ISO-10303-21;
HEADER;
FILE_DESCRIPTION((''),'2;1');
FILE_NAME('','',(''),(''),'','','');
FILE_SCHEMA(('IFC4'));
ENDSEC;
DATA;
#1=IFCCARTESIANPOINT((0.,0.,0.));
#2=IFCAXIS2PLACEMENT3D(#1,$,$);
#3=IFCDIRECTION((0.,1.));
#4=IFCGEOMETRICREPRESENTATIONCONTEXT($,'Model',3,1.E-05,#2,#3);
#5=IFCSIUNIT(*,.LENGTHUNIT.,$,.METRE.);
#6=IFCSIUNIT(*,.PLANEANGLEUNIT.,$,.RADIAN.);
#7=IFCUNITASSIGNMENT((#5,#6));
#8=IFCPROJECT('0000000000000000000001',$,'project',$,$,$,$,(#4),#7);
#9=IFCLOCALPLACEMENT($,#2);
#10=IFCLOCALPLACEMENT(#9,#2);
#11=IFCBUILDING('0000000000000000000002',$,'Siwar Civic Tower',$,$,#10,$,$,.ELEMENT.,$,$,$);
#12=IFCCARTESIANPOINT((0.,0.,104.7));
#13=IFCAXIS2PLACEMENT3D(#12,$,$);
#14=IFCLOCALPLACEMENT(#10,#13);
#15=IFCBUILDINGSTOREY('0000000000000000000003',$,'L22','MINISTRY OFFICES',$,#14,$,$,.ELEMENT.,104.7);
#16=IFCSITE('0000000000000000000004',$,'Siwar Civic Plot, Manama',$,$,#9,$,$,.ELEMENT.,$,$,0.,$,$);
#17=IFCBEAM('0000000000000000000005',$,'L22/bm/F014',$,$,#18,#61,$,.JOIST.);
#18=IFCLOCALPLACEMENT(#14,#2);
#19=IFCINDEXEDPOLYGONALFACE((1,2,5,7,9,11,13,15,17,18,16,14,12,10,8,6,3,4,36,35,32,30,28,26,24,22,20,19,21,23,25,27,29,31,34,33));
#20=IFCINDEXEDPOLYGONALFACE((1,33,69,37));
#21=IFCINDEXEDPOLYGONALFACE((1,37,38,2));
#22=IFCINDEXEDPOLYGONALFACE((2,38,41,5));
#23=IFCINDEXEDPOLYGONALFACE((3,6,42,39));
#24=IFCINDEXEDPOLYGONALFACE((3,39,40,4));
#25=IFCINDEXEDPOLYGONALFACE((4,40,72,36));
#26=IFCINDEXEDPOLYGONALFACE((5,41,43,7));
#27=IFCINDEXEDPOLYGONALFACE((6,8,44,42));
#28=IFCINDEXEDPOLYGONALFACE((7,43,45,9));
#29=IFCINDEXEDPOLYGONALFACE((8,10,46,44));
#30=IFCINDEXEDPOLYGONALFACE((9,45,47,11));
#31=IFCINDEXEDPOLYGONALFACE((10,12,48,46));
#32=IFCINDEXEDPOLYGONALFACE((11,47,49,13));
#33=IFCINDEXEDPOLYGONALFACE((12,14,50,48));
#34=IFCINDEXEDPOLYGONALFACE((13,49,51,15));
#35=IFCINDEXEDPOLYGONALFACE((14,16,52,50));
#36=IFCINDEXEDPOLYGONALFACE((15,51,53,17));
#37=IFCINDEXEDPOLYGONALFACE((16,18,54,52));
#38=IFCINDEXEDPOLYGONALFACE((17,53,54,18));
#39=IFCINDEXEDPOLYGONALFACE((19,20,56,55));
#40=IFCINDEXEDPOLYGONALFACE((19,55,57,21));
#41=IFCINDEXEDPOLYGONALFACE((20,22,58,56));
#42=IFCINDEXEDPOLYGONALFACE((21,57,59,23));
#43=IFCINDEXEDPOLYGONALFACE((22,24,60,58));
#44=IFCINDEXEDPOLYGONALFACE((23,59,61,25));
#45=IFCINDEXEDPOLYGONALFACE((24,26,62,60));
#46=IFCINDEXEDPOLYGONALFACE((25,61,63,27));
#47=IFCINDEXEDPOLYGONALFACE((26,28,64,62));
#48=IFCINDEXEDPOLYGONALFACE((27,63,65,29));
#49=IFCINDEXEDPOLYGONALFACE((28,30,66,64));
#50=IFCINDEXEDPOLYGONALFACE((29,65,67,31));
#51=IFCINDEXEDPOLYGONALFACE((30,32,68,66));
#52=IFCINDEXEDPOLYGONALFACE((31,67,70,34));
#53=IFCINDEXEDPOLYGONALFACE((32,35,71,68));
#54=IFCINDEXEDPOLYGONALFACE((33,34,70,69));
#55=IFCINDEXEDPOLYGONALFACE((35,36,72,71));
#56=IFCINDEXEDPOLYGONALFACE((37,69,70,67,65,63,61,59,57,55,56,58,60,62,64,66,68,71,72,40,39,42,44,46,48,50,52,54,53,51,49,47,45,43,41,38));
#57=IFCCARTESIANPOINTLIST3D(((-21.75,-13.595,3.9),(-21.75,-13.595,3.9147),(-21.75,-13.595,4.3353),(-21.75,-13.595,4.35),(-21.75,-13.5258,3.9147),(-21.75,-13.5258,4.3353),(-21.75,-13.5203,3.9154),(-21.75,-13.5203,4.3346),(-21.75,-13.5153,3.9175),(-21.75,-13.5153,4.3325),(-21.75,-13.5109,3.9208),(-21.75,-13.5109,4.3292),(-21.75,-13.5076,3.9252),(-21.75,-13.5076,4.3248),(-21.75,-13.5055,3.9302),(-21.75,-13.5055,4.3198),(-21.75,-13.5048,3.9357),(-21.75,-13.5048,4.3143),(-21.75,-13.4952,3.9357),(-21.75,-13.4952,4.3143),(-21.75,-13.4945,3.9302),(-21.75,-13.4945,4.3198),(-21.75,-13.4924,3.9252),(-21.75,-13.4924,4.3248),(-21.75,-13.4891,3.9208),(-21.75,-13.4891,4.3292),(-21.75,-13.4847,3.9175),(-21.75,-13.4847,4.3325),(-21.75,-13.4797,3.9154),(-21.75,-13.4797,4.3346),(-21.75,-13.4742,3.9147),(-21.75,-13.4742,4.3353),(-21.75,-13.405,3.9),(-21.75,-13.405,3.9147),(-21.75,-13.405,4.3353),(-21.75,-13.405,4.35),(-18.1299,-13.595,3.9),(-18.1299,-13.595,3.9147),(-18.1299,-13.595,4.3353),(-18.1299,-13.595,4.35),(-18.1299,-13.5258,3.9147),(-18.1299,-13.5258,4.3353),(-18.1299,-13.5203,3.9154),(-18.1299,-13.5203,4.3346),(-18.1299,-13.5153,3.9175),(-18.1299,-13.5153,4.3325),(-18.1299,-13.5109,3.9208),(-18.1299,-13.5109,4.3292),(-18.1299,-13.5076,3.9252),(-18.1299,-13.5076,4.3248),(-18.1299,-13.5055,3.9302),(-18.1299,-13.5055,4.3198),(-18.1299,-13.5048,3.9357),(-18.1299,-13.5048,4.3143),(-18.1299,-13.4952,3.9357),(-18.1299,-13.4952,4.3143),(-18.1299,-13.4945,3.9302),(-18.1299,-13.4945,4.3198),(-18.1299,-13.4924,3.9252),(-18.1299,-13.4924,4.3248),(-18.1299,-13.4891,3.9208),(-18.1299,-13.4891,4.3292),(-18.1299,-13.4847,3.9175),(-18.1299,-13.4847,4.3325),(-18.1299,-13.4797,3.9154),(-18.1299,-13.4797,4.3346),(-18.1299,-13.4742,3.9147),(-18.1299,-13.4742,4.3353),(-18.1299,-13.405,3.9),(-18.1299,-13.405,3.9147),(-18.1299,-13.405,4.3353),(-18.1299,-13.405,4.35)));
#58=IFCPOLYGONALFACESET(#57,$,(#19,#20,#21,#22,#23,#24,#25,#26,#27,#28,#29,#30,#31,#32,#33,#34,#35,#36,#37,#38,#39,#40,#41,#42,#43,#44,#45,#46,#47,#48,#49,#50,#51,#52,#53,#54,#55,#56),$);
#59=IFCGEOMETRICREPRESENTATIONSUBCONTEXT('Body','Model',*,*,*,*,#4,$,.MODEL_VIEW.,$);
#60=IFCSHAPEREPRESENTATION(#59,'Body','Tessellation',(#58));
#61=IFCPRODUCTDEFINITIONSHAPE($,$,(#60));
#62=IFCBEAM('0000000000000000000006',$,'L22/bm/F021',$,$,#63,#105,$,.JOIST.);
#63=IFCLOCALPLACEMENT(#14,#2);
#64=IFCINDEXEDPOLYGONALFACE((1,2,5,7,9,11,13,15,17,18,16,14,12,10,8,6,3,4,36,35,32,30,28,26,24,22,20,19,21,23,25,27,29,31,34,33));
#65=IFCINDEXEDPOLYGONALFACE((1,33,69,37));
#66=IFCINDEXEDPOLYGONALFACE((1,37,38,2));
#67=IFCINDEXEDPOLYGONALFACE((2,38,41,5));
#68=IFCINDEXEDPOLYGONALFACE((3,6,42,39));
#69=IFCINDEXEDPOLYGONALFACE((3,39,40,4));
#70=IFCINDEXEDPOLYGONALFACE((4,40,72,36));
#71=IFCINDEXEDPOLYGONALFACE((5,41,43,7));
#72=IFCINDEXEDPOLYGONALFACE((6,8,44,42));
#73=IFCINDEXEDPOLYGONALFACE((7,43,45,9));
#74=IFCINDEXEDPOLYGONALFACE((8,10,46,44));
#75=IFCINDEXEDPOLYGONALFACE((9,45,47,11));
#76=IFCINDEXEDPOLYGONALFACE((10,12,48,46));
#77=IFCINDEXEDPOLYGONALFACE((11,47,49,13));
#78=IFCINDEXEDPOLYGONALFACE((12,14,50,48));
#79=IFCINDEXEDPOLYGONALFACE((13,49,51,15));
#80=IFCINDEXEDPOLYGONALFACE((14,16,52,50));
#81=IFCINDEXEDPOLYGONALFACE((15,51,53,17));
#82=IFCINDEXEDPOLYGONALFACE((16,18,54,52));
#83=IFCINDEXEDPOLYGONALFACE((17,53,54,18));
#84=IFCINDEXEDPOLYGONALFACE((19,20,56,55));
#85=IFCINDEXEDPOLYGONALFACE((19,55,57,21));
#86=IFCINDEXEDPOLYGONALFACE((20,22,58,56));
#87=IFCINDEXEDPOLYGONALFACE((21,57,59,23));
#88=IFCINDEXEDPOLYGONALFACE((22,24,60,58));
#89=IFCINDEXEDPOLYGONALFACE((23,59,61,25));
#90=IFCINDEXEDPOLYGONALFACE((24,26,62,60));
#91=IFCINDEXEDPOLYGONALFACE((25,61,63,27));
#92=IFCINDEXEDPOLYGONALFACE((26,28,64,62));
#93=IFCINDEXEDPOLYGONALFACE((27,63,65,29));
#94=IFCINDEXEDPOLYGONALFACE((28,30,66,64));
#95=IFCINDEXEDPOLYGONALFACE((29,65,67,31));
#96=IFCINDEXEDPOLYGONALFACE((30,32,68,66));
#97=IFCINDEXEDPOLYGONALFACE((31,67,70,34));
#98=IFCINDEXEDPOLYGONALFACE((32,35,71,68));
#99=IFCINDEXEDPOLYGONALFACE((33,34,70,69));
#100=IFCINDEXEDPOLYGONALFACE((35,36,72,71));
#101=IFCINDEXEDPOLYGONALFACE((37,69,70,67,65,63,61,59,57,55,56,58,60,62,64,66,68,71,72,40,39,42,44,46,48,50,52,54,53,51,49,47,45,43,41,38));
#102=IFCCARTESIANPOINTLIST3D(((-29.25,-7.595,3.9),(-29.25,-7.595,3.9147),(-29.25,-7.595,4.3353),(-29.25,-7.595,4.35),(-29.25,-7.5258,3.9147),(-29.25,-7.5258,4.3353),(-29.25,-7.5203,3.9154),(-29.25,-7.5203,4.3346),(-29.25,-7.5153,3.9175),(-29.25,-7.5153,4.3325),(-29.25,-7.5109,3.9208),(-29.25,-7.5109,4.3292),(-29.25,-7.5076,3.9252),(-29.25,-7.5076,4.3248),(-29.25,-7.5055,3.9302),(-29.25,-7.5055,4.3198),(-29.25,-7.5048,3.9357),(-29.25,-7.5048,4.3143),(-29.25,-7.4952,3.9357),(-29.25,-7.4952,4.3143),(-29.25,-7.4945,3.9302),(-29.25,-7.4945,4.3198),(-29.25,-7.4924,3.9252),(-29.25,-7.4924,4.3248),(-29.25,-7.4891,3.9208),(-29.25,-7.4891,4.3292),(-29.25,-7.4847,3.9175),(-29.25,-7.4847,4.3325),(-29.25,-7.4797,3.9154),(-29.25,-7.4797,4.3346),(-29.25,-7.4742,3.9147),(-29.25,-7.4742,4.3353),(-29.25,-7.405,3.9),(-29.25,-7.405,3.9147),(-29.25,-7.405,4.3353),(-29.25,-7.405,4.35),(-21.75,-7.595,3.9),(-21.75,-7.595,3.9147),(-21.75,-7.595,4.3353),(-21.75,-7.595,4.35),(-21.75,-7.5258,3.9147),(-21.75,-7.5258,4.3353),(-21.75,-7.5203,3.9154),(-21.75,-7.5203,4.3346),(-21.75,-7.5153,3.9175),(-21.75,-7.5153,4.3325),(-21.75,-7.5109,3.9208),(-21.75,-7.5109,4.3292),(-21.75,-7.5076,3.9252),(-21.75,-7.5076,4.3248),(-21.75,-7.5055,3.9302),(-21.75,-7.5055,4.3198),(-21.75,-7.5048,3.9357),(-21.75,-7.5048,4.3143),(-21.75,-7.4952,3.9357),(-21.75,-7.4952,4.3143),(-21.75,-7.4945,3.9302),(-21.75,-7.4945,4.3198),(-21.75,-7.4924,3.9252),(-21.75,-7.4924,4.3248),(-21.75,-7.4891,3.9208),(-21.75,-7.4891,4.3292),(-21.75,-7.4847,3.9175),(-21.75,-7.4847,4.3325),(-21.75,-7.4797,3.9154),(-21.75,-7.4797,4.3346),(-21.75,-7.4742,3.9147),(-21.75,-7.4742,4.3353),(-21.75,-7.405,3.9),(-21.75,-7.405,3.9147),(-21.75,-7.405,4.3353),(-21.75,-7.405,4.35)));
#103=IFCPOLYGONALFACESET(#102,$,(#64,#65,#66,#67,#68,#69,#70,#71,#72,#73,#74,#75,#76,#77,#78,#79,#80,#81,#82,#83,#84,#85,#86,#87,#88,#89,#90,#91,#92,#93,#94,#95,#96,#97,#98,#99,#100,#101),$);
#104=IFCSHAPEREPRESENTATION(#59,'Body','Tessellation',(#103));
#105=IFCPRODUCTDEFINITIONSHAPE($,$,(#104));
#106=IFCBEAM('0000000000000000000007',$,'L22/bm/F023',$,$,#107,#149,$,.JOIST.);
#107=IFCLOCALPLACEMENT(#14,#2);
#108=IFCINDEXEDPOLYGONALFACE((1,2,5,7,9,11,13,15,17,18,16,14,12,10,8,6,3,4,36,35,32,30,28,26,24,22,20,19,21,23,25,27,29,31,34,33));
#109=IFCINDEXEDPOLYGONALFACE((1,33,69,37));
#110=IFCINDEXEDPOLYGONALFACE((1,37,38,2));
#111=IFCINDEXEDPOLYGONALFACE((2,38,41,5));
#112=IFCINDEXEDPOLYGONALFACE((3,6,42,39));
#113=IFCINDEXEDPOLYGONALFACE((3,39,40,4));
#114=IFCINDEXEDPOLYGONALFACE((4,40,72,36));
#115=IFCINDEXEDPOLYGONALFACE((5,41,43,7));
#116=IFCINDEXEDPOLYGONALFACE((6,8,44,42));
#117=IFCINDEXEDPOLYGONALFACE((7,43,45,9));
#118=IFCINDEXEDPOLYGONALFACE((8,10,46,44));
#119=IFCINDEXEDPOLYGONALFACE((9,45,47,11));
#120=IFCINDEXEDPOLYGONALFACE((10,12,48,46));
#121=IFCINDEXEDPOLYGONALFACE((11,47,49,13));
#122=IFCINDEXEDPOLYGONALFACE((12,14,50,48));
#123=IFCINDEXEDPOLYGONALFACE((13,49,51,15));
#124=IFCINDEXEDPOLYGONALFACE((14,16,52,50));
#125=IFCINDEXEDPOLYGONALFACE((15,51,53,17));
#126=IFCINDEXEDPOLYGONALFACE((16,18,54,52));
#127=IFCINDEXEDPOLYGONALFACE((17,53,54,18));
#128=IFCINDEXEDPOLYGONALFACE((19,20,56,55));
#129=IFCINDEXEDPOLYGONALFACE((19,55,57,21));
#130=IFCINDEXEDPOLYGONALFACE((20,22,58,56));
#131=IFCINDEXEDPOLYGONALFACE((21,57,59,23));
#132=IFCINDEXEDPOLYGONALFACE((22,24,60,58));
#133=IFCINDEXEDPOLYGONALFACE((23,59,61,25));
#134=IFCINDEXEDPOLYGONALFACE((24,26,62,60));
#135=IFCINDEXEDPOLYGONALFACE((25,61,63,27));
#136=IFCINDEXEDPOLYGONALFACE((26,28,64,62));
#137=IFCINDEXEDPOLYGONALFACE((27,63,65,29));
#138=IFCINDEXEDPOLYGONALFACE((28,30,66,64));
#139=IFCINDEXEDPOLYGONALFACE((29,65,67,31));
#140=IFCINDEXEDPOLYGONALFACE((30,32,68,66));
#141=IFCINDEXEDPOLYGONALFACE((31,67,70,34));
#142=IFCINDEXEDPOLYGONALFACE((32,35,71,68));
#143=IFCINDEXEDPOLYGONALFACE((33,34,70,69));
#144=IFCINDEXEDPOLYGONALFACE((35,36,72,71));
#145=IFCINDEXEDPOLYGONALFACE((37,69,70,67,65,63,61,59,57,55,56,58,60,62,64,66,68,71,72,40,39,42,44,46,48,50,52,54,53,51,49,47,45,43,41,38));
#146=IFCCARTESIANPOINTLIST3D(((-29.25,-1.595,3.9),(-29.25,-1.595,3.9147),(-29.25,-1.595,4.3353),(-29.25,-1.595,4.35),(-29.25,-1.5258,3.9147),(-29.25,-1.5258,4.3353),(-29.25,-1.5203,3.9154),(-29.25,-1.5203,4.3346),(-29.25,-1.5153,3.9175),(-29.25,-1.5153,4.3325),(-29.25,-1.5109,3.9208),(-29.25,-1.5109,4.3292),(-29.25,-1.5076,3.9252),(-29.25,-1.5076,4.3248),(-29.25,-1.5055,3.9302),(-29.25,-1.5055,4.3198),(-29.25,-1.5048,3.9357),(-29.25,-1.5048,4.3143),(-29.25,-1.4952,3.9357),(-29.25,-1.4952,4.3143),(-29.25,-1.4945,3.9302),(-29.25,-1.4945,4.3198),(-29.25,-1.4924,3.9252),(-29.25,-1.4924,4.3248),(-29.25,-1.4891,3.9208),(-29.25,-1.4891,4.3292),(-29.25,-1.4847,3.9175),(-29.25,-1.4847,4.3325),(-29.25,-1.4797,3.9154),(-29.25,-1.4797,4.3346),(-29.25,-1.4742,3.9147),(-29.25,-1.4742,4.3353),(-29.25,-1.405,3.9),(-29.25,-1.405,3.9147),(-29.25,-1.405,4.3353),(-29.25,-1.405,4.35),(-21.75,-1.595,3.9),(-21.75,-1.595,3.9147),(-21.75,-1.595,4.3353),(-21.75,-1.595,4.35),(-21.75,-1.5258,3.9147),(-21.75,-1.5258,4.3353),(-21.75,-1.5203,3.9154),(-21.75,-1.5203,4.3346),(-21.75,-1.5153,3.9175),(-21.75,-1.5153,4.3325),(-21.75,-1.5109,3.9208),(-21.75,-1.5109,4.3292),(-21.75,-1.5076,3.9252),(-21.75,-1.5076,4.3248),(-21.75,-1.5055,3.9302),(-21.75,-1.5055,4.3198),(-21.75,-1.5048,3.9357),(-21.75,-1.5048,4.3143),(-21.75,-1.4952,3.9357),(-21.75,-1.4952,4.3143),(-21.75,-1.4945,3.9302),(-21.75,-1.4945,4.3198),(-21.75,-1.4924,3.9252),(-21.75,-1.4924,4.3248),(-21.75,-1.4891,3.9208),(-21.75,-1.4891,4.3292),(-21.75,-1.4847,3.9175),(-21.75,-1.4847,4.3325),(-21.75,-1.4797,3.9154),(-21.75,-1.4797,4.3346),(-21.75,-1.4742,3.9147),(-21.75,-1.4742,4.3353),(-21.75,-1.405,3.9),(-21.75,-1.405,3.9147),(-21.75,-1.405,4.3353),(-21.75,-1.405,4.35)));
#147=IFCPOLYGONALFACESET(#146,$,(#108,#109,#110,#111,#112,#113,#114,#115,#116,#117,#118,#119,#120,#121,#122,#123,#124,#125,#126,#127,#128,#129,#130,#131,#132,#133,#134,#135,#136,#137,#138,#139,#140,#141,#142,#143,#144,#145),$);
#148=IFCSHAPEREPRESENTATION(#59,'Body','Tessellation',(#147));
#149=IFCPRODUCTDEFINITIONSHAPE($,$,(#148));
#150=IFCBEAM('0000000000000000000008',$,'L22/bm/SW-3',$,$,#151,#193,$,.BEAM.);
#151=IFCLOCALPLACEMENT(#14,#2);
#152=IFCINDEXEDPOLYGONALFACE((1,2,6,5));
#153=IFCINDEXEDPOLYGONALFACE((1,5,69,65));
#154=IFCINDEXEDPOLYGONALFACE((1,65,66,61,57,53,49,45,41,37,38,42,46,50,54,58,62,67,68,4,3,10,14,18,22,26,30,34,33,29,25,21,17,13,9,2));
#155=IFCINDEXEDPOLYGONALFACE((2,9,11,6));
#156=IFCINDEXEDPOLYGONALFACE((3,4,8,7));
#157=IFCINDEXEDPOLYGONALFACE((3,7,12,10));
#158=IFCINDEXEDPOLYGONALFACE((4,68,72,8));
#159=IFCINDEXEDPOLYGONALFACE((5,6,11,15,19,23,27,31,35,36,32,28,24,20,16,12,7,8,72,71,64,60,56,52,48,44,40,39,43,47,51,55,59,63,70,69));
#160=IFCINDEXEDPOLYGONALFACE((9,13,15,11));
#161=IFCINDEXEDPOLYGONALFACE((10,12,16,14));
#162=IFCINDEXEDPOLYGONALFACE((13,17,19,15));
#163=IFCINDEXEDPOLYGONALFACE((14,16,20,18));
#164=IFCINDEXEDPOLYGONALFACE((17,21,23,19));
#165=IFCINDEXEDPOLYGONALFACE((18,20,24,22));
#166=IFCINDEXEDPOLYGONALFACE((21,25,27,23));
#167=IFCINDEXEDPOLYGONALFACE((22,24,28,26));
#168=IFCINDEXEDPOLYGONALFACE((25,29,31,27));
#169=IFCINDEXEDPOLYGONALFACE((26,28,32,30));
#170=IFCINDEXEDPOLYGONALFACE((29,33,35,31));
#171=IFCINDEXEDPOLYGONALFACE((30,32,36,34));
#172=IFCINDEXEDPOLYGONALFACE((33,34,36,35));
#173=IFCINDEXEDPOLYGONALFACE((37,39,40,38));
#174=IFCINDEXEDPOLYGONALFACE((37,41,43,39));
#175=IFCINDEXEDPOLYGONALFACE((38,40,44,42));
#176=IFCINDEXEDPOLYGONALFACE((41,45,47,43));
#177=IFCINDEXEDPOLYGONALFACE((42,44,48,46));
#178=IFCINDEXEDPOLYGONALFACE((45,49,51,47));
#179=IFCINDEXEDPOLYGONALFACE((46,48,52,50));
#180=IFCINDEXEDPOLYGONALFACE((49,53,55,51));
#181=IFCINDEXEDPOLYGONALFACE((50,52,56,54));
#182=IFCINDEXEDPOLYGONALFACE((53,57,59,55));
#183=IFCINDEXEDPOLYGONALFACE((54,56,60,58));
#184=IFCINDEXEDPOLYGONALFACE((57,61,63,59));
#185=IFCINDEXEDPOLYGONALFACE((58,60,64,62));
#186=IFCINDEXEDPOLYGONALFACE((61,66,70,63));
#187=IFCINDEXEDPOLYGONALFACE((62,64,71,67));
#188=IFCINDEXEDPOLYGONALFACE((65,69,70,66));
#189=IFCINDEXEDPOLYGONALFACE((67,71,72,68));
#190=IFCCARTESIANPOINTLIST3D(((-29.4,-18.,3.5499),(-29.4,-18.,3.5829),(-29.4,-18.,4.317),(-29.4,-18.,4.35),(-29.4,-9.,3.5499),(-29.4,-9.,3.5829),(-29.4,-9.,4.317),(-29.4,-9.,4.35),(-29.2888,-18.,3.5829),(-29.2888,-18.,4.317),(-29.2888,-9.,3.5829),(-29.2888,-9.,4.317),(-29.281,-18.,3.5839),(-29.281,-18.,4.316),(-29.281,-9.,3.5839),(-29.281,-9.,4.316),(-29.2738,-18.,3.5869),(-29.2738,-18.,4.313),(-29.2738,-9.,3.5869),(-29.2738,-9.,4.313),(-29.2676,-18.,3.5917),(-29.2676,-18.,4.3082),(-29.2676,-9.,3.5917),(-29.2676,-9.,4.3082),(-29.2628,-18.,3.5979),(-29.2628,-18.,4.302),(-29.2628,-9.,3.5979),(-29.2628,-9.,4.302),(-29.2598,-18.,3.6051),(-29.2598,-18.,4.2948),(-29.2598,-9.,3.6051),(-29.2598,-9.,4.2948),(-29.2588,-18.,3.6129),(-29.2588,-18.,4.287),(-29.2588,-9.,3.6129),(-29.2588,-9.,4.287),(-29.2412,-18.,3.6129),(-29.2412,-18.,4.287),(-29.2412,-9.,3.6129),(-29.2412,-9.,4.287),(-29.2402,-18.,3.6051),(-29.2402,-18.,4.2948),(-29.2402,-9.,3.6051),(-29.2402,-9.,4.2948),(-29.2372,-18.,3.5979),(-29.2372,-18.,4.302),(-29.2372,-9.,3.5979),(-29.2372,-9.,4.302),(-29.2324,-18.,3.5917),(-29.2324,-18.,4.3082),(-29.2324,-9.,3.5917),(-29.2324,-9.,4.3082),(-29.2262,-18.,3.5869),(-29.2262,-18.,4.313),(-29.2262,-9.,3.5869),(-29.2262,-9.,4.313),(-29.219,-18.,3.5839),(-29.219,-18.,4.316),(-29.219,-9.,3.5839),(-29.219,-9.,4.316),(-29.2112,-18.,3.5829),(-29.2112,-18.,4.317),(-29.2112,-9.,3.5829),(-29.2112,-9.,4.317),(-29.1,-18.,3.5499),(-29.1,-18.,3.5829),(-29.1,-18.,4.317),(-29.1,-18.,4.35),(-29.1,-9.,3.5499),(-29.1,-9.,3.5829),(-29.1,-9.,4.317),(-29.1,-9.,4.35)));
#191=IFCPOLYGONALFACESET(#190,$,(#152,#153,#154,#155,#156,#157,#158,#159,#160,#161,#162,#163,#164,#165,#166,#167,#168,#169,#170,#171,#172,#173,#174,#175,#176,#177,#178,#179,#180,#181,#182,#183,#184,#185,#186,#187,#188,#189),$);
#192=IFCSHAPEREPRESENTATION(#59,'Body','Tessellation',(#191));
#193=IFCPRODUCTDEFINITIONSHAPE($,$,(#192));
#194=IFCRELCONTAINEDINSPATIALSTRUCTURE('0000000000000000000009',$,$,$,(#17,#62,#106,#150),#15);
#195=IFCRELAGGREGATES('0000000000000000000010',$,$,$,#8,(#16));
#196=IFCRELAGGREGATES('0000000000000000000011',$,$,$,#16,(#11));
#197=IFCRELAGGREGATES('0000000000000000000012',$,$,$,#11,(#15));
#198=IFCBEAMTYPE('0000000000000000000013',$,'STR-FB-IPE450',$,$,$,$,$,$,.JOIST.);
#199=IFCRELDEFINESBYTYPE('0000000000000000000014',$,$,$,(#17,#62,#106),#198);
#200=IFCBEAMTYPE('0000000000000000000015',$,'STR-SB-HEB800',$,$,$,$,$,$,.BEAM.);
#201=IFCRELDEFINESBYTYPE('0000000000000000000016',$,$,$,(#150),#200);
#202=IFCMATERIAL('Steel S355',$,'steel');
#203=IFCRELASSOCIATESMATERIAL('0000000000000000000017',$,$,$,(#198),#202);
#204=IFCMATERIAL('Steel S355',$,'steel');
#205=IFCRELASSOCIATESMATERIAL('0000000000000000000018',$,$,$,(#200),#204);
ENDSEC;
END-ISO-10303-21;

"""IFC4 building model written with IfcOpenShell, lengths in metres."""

from ifc_helpers import new_model, si_unit, direction, frame, origin, origin_2d, place, context, subcontext, project, spatial, i_section, extrude, material, material_profile, profile_set, type_object, element, save


model = new_model("IFC4")

# Units and contexts
model_context = context("Model", 3, precision=1e-05, world=origin(), true_north=direction((0.0, 1.0)))
body_context = subcontext(model_context, "Body", "Model", "MODEL_VIEW")
ifc_project = project(units=[si_unit("LENGTHUNIT", "METRE"), si_unit("PLANEANGLEUNIT", "RADIAN")], contexts=[model_context])

# Site, building, storey
site_placement = place(None, origin())
site = spatial("IfcSite", under=ifc_project, at=site_placement, Name="Siwar Civic Plot, Manama", CompositionType="ELEMENT", RefElevation=0.0)
building_placement = place(site_placement, origin())
building = spatial("IfcBuilding", under=site, at=building_placement, Name="Siwar Civic Tower", CompositionType="ELEMENT")
storey_placement = place(building_placement, frame((0.0, 0.0, 104.7)))
storey = spatial("IfcBuildingStorey", under=building, at=storey_placement, Name="L22", Description="MINISTRY OFFICES", CompositionType="ELEMENT", Elevation=104.7)

# Beams
ifc_material_1 = material(Name="Steel S355", Category="steel")
ifc_material_profile_1 = material_profile(ifc_material_1, i_section(OverallWidth=0.1899, OverallDepth=0.45, WebThickness=0.0095, FlangeThickness=0.0146, FilletRadius=0.021, at=origin_2d()), Name="IPE450")
ifc_profile_set_1 = profile_set([ifc_material_profile_1], Name="Steel S355")
beam_type_1 = type_object("IfcBeamType", Name="STR-FB-IPE450", PredefinedType="JOIST", material=ifc_profile_set_1)
beam_1_placement = place(storey_placement, frame((-21.75, -13.5, 4.125), z_axis=(1.0, 0.0, 0.0), x_axis=(0.0, 1.0, 0.0)))
element("IfcBeam", 1, at=beam_1_placement, inside=storey, type_object=beam_type_1, Name="L22/bm/F014", PredefinedType="JOIST", context=body_context, shape_type="SweptSolid", body=[
    extrude(i_section(OverallWidth=0.1899, OverallDepth=0.45, WebThickness=0.0095, FlangeThickness=0.0146, FilletRadius=0.021, at=origin_2d()), origin(), (0.0, 0.0, 1.0), 3.6201),
])
for number, where, z_axis, x_axis, name in (
    (2, (-29.25, -7.5, 4.125), (1.0, 0.0, 0.0), (0.0, 1.0, 0.0), "L22/bm/F021"),
    (3, (-29.25, -1.5, 4.125), (1.0, 0.0, 0.0), (0.0, 1.0, 0.0), "L22/bm/F023"),
):
    element("IfcBeam", number, at=place(storey_placement, frame(where, z_axis=z_axis, x_axis=x_axis)), inside=storey, type_object=beam_type_1, Name=name, PredefinedType="JOIST", context=body_context, shape_type="SweptSolid", body=[
        extrude(i_section(OverallWidth=0.1899, OverallDepth=0.45, WebThickness=0.0095, FlangeThickness=0.0146, FilletRadius=0.021, at=origin_2d()), origin(), (0.0, 0.0, 1.0), 7.5),
    ])
ifc_material_2 = material(Name="Steel S355", Category="steel")
ifc_material_profile_2 = material_profile(ifc_material_2, i_section(OverallWidth=0.3, OverallDepth=0.8, WebThickness=0.0176, FlangeThickness=0.033, FilletRadius=0.03, at=origin_2d()), Name="HEB800")
ifc_profile_set_2 = profile_set([ifc_material_profile_2], Name="Steel S355")
beam_type_2 = type_object("IfcBeamType", Name="STR-SB-HEB800", PredefinedType="BEAM", material=ifc_profile_set_2)
beam_2_placement = place(storey_placement, frame((-29.25, -9.0, 3.95), z_axis=(0.0, -1.0, 0.0), x_axis=(1.0, 0.0, 0.0)))
element("IfcBeam", 4, at=beam_2_placement, inside=storey, type_object=beam_type_2, Name="L22/bm/SW-3", PredefinedType="BEAM", context=body_context, shape_type="SweptSolid", body=[
    extrude(i_section(OverallWidth=0.3, OverallDepth=0.8, WebThickness=0.0176, FlangeThickness=0.033, FilletRadius=0.03, at=origin_2d()), origin(), (0.0, 0.0, 1.0), 9.0),
])

save(model, "model.ifc")
